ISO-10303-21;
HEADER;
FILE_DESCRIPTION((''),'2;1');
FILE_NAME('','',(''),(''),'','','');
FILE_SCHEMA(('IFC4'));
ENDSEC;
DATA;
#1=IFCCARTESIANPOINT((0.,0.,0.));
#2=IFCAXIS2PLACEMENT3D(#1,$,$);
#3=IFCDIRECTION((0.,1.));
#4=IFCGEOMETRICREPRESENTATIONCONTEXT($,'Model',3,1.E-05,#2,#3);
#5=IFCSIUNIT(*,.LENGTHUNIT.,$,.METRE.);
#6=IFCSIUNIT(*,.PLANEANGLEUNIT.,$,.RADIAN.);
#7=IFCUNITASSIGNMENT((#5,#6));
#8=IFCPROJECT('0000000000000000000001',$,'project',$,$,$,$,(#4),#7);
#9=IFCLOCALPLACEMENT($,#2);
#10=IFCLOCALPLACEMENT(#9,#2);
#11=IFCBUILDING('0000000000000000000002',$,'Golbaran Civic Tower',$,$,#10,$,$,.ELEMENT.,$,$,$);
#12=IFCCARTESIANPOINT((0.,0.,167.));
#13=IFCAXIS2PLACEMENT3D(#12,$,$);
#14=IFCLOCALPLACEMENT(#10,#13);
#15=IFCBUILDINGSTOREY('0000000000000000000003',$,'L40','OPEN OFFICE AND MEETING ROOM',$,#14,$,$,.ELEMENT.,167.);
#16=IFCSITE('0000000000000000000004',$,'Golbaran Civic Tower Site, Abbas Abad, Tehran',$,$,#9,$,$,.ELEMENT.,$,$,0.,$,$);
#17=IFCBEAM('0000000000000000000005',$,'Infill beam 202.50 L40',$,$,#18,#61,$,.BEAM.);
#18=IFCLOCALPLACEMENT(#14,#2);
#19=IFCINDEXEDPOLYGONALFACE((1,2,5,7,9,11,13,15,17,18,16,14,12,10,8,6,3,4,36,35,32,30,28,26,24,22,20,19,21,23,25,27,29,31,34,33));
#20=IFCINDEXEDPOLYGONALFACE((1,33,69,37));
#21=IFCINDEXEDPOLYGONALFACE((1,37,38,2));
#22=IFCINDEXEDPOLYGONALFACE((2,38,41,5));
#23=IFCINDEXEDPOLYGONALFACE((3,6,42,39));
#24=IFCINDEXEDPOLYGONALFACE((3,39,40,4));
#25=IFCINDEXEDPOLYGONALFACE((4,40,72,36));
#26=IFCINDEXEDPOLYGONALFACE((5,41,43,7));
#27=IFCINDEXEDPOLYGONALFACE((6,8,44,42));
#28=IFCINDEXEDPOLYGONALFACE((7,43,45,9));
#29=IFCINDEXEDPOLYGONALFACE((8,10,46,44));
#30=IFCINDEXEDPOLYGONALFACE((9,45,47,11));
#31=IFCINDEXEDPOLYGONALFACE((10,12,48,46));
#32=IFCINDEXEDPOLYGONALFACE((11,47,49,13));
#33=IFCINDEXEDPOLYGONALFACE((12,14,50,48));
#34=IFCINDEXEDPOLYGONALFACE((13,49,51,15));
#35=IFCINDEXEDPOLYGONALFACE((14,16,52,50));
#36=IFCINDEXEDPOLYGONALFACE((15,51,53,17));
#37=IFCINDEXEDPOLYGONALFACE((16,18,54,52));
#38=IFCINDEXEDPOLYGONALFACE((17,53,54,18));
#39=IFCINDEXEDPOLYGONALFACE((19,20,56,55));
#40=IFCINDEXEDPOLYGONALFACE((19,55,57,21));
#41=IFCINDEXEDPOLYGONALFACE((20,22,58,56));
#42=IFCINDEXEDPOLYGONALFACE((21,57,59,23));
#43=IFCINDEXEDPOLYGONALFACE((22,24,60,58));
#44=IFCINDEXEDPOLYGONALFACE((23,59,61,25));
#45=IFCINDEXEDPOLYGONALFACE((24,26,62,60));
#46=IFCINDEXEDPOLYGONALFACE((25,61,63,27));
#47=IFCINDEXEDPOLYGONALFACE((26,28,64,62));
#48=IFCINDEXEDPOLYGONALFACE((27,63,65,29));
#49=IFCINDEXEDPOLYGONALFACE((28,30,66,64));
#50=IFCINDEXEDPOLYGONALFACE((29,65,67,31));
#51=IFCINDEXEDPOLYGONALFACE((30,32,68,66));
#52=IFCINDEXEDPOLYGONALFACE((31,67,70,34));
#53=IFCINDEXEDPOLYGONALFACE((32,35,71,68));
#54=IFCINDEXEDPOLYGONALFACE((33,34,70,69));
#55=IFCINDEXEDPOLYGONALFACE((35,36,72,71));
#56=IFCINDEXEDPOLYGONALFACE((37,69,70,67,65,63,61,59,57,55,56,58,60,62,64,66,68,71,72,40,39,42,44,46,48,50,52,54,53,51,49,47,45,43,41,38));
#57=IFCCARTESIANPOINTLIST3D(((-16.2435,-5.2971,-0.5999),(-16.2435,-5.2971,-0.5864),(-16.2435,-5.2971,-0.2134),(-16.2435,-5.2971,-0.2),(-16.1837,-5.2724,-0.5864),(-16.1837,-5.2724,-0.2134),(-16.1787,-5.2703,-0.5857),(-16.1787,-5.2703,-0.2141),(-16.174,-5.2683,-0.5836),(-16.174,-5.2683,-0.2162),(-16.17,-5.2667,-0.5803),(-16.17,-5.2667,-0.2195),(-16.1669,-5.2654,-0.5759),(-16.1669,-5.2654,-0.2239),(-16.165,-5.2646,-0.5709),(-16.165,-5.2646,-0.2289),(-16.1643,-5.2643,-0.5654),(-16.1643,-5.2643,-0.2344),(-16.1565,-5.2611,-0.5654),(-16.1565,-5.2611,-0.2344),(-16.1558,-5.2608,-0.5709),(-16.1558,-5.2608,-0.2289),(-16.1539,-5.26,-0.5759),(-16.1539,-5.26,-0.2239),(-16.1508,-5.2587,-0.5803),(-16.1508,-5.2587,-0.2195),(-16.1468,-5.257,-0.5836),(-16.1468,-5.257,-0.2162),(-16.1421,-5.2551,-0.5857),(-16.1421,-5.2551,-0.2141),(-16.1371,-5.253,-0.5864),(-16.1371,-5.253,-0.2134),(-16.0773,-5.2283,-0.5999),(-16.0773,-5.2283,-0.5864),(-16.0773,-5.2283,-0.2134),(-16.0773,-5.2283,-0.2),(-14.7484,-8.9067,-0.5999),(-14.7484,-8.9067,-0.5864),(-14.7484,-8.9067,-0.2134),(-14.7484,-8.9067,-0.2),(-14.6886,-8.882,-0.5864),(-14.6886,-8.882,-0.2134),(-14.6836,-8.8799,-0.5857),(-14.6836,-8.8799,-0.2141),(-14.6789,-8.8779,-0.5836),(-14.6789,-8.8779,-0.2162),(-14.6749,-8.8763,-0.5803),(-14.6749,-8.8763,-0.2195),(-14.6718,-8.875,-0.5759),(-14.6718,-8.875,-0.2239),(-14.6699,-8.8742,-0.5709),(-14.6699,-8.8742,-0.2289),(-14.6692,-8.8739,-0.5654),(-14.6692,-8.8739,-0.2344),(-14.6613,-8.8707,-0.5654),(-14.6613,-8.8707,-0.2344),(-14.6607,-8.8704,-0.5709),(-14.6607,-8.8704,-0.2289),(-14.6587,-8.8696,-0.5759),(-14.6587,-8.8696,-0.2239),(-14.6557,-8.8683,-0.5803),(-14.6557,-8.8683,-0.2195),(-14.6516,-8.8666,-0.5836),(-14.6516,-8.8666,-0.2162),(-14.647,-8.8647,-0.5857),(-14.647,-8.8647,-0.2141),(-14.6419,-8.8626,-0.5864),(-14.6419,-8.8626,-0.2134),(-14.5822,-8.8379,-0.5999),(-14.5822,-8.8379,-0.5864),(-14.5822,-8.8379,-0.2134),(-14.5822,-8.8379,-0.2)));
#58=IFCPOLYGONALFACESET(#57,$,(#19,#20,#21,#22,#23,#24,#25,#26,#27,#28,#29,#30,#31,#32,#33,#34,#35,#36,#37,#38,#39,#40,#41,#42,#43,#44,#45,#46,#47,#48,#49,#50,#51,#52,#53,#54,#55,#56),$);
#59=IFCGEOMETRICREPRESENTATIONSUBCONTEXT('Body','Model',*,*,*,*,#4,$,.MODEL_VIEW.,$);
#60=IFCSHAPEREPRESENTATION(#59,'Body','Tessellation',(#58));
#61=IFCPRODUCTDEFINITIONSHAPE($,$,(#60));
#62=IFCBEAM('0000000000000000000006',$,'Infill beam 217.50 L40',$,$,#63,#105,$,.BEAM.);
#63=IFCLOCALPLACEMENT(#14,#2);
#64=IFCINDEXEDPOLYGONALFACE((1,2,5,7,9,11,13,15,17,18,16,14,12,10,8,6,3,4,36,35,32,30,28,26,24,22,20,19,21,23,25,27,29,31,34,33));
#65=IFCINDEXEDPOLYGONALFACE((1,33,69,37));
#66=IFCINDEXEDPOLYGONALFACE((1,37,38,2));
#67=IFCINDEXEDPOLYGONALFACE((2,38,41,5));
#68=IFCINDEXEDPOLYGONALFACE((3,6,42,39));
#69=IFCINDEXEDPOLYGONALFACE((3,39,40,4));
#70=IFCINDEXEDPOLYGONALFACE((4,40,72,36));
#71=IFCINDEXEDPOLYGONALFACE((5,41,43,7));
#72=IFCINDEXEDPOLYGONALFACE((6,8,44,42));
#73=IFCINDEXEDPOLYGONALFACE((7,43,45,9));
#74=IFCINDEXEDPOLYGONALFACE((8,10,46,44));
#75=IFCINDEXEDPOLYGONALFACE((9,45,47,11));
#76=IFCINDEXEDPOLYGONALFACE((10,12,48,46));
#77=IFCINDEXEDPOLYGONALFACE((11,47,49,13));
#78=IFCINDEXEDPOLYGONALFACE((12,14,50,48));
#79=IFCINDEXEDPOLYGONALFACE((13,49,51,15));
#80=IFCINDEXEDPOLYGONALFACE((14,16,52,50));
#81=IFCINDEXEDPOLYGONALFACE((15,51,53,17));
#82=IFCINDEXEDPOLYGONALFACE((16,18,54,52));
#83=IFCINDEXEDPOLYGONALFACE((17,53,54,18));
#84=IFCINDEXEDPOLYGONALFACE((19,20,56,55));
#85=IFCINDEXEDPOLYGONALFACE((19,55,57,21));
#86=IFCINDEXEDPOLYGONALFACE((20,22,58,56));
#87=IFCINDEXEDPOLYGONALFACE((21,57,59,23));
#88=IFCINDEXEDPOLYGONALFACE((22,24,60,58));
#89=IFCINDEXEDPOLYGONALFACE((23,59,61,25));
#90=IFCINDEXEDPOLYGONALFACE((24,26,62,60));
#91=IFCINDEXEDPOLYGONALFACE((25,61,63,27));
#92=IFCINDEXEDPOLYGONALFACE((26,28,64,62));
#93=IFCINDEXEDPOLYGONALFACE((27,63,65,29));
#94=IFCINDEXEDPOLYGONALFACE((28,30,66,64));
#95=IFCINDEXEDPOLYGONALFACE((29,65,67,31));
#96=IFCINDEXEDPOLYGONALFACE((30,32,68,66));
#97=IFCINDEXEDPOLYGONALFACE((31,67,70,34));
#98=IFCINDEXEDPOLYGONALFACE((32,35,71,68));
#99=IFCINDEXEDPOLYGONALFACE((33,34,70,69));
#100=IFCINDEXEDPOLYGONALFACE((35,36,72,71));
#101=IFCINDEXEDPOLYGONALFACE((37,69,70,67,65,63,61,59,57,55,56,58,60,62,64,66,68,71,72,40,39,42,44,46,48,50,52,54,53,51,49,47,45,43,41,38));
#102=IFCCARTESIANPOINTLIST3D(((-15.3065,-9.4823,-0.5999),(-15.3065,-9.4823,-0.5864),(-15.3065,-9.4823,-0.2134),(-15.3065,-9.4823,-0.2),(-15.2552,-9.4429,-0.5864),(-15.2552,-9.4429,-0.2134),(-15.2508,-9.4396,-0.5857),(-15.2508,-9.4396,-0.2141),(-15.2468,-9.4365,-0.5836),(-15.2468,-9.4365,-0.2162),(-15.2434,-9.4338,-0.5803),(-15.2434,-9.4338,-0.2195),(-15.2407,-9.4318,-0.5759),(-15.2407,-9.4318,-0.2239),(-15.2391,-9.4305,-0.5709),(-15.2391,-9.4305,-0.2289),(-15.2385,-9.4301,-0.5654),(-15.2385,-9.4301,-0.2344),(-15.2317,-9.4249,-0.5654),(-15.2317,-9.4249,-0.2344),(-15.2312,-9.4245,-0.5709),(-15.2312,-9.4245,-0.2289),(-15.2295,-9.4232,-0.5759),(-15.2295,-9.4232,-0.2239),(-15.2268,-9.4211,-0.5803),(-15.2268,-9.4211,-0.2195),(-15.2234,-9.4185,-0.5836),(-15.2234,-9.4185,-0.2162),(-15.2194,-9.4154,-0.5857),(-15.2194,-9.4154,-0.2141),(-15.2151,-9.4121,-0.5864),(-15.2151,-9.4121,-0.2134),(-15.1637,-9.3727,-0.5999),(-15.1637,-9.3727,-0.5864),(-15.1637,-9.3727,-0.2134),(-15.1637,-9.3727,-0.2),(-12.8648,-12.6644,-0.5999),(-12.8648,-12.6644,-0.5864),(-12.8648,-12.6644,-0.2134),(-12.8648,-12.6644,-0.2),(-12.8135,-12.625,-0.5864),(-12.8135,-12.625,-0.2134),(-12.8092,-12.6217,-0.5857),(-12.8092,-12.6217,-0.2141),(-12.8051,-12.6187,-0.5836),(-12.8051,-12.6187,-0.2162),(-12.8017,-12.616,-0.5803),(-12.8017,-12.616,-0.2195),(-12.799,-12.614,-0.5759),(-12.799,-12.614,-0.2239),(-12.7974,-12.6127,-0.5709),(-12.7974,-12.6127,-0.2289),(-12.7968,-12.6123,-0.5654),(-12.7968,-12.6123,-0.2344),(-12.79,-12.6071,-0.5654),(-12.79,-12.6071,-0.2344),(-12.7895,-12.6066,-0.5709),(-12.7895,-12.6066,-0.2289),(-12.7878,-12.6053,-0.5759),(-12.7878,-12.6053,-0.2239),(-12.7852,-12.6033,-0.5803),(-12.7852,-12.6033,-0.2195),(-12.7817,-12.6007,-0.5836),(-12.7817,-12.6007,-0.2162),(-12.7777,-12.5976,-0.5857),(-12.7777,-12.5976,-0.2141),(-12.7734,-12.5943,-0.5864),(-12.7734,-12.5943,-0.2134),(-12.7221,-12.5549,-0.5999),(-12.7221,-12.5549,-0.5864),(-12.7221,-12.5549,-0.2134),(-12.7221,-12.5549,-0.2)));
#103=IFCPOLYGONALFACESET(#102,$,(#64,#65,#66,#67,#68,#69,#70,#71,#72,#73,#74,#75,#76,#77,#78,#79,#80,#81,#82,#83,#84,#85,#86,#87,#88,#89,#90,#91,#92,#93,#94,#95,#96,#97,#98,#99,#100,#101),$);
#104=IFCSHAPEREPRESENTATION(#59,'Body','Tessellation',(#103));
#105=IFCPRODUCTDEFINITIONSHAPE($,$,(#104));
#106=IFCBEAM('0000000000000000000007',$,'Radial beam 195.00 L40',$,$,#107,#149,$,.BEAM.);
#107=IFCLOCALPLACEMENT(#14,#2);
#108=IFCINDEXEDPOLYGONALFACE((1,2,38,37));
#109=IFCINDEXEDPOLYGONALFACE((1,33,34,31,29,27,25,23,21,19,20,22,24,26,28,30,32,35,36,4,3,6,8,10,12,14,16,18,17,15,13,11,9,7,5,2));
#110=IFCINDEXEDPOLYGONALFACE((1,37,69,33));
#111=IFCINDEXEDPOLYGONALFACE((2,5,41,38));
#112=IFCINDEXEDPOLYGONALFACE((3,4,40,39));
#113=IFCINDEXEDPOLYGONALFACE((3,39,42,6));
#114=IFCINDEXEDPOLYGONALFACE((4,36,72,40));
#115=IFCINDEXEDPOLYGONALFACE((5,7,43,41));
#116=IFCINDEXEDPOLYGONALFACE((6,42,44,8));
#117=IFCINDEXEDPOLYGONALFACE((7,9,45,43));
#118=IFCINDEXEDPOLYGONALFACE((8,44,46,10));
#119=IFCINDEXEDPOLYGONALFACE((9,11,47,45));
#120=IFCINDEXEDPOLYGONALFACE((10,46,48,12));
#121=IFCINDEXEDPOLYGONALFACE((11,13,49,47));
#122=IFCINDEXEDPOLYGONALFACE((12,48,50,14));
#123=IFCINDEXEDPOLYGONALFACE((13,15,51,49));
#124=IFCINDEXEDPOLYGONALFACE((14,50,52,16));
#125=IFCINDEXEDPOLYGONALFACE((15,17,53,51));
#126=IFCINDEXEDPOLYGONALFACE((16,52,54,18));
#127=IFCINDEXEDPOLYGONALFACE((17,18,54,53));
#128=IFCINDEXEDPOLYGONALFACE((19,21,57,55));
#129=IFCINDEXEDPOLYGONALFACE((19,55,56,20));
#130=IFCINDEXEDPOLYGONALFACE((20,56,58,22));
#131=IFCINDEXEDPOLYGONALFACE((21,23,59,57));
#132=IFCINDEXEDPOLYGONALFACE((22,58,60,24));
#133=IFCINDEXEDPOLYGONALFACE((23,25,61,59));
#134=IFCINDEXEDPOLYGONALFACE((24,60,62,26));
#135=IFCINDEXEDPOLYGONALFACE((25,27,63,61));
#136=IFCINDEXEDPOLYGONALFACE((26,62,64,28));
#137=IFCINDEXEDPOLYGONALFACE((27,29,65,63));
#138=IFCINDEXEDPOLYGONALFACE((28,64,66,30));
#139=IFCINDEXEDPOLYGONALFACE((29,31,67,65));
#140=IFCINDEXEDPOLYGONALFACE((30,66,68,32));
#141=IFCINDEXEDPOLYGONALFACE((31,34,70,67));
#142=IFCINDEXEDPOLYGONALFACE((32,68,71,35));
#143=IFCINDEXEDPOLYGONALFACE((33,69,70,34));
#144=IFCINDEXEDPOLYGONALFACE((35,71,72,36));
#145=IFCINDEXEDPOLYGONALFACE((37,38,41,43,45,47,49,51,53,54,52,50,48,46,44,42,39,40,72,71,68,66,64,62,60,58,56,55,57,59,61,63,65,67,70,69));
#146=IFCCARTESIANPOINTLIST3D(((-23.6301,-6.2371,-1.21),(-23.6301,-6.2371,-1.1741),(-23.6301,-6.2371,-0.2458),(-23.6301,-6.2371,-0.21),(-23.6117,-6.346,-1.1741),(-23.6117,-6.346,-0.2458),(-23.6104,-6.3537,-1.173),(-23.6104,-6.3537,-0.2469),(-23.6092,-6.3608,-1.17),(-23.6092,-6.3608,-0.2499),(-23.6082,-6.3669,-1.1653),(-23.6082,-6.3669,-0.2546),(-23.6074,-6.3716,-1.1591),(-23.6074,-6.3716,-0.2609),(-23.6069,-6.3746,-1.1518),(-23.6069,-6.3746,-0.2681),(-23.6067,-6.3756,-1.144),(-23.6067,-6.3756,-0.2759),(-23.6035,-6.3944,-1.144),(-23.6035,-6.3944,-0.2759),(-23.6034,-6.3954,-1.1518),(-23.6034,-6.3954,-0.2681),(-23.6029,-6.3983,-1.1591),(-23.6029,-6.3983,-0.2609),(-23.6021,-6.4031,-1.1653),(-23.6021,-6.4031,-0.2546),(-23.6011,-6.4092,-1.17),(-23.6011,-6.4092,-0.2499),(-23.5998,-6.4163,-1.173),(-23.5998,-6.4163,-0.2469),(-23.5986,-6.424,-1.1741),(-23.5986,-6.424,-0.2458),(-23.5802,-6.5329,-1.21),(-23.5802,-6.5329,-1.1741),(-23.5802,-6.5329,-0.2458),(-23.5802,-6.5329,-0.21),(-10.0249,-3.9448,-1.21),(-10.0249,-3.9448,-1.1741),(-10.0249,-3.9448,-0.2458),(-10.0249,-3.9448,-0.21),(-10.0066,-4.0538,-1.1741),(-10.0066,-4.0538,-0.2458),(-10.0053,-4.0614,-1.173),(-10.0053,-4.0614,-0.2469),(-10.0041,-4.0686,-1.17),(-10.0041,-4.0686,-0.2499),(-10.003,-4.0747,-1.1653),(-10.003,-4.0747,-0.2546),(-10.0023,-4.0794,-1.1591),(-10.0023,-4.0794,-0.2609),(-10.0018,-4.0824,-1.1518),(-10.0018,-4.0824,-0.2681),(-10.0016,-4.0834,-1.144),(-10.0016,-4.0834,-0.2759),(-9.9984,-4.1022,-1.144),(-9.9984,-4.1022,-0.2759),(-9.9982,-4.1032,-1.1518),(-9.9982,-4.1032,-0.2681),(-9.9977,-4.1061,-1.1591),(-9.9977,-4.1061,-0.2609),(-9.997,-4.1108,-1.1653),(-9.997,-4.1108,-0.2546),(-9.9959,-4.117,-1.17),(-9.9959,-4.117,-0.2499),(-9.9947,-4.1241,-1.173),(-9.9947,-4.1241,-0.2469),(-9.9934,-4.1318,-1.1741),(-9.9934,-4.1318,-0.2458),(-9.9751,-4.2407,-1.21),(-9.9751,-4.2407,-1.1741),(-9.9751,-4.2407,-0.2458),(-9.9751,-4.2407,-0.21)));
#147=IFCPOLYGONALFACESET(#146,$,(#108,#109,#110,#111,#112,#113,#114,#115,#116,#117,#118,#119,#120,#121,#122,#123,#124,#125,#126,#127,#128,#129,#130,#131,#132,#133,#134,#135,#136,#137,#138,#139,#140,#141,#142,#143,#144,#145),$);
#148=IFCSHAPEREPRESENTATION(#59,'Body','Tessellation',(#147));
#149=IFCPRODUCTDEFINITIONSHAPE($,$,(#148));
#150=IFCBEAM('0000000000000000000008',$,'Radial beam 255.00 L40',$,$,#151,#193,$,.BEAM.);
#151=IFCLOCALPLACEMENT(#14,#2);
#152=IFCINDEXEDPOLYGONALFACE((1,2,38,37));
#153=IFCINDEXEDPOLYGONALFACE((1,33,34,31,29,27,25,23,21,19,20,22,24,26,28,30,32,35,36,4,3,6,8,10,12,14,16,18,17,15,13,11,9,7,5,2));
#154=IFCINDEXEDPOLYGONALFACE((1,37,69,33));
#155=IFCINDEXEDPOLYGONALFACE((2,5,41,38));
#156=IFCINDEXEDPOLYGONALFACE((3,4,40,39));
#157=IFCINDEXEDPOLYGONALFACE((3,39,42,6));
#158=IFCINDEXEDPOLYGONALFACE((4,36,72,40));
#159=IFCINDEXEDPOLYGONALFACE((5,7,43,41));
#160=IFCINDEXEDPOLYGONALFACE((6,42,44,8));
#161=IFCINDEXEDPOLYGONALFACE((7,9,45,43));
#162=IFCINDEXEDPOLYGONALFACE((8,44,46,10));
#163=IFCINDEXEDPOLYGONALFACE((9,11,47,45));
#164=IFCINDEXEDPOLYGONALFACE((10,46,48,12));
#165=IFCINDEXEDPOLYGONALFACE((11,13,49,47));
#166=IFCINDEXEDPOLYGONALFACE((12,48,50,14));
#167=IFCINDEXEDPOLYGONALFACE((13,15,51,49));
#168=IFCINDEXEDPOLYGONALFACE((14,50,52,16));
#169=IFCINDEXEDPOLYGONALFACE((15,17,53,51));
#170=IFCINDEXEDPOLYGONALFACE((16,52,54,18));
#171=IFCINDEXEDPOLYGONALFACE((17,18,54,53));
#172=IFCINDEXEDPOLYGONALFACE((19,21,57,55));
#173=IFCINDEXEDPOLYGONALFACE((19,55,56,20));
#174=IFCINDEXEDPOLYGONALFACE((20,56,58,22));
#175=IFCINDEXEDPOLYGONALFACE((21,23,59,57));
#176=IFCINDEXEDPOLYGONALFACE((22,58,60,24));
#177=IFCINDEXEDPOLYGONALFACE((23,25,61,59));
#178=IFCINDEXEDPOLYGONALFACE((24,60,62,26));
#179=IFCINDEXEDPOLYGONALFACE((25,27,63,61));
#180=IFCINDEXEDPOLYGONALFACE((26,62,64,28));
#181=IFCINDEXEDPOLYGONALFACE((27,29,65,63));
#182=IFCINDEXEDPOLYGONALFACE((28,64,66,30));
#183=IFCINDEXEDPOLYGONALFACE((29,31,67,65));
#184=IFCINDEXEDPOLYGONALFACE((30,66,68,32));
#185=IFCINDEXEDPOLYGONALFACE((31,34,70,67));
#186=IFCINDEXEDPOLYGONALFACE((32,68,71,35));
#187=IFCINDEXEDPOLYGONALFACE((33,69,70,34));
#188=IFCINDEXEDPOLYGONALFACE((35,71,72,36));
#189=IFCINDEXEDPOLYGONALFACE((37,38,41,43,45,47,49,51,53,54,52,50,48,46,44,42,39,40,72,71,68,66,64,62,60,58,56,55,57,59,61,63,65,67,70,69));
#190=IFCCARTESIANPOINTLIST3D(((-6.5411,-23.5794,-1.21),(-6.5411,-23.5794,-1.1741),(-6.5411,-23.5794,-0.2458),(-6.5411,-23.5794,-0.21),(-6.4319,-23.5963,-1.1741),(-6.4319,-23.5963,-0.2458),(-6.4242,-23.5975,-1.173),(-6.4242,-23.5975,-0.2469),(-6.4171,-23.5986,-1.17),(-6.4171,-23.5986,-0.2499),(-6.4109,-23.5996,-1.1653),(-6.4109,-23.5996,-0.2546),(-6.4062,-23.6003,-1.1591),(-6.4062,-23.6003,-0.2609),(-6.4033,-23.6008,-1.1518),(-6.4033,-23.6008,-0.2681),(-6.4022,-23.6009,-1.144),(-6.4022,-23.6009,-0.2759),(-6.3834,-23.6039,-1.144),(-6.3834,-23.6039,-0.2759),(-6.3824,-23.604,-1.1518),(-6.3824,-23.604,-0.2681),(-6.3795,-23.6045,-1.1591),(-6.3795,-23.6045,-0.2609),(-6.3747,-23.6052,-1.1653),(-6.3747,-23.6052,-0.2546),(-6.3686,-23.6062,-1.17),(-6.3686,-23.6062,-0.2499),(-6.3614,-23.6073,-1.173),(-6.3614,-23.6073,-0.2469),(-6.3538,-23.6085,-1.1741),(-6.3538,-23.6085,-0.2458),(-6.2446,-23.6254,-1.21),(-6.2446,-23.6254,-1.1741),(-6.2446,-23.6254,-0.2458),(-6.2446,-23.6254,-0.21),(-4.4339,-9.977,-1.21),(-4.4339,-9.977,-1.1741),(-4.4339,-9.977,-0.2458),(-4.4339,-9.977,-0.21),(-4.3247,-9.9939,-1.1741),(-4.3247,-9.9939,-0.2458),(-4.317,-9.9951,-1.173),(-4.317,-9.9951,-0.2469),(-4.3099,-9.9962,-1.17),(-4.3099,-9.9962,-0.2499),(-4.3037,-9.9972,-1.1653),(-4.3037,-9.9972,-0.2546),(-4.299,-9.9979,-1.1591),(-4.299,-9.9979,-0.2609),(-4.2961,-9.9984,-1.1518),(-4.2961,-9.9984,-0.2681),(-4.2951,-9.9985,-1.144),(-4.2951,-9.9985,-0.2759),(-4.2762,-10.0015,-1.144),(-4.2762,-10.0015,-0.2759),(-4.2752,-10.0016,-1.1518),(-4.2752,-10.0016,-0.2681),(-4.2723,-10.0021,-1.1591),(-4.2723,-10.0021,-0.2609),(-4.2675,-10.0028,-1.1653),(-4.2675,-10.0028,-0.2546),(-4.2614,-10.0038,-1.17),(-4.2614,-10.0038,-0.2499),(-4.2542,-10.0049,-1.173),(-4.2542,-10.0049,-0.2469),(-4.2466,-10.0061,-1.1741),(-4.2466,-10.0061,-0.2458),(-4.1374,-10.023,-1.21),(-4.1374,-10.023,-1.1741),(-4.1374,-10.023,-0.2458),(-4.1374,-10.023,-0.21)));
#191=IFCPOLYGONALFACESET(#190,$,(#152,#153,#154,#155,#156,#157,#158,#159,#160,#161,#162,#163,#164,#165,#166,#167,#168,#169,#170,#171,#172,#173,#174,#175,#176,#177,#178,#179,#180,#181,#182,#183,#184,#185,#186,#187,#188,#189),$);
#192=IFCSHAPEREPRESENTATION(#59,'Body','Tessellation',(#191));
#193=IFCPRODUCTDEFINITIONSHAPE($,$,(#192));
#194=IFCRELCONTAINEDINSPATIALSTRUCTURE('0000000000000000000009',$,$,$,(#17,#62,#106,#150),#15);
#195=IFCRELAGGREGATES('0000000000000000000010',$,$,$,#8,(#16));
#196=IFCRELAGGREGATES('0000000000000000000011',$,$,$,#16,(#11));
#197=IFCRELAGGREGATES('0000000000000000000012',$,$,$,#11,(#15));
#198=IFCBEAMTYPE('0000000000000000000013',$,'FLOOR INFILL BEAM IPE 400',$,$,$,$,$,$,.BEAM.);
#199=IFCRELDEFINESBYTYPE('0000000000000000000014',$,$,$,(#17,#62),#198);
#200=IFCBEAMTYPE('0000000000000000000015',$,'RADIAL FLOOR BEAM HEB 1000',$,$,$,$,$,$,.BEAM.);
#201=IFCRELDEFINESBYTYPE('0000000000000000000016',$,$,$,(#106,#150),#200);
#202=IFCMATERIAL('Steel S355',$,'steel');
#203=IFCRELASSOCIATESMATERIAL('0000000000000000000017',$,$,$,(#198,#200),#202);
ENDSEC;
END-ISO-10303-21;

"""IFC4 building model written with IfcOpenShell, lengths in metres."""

from ifc_helpers import new_model, si_unit, direction, frame, origin, origin_2d, place, context, subcontext, project, spatial, i_section, extrude, material, material_profile, profile_set, type_object, element, save


model = new_model("IFC4")

# Units and contexts
model_context = context("Model", 3, precision=1e-05, world=origin(), true_north=direction((0.0, 1.0)))
body_context = subcontext(model_context, "Body", "Model", "MODEL_VIEW")
ifc_project = project(units=[si_unit("LENGTHUNIT", "METRE"), si_unit("PLANEANGLEUNIT", "RADIAN")], contexts=[model_context])

# Site, building, storey
site_placement = place(None, origin())
site = spatial("IfcSite", under=ifc_project, at=site_placement, Name="Golbaran Civic Tower Site, Abbas Abad, Tehran", CompositionType="ELEMENT", RefElevation=0.0)
building_placement = place(site_placement, origin())
building = spatial("IfcBuilding", under=site, at=building_placement, Name="Golbaran Civic Tower", CompositionType="ELEMENT")
storey_placement = place(building_placement, frame((0.0, 0.0, 167.0)))
storey = spatial("IfcBuildingStorey", under=building, at=storey_placement, Name="L40", Description="OPEN OFFICE AND MEETING ROOM", CompositionType="ELEMENT", Elevation=167.0)

# Beams
ifc_material_1 = material(Name="Steel S355", Category="steel")
ifc_material_profile_1 = material_profile(ifc_material_1, i_section(OverallWidth=0.1799, OverallDepth=0.3999, WebThickness=0.0085, FlangeThickness=0.0134, FilletRadius=0.021, at=origin_2d()), Name="IPE 400")
ifc_profile_set_1 = profile_set([ifc_material_profile_1], Name="Steel S355")
beam_type_1 = type_object("IfcBeamType", Name="FLOOR INFILL BEAM IPE 400", PredefinedType="BEAM", material=ifc_profile_set_1)
beam_1_placement = place(storey_placement, frame((-16.1604, -5.2627, -0.3999), z_axis=(0.382676, -0.923883, 0.0), x_axis=(0.923883, 0.382676, 0.0)))
element("IfcBeam", 1, at=beam_1_placement, inside=storey, type_object=beam_type_1, Name="Infill beam 202.50 L40", PredefinedType="BEAM", context=body_context, shape_type="SweptSolid", body=[
    extrude(i_section(OverallWidth=0.1799, OverallDepth=0.3999, WebThickness=0.0085, FlangeThickness=0.0134, FilletRadius=0.021, at=origin_2d()), origin(), (0.0, 0.0, 1.0), 3.907),
])
beam_2_placement = place(storey_placement, frame((-15.2351, -9.4275, -0.3999), z_axis=(0.608748, -0.793363, 0.0), x_axis=(0.793363, 0.608748, 0.0)))
element("IfcBeam", 2, at=beam_2_placement, inside=storey, type_object=beam_type_1, Name="Infill beam 217.50 L40", PredefinedType="BEAM", context=body_context, shape_type="SweptSolid", body=[
    extrude(i_section(OverallWidth=0.1799, OverallDepth=0.3999, WebThickness=0.0085, FlangeThickness=0.0134, FilletRadius=0.021, at=origin_2d()), origin(), (0.0, 0.0, 1.0), 4.011),
])
ifc_material_profile_2 = material_profile(ifc_material_1, i_section(OverallWidth=0.3, OverallDepth=1.0, WebThickness=0.019, FlangeThickness=0.0359, FilletRadius=0.03, at=origin_2d()), Name="HEB 1000")
ifc_profile_set_2 = profile_set([ifc_material_profile_2], Name="Steel S355")
beam_type_2 = type_object("IfcBeamType", Name="RADIAL FLOOR BEAM HEB 1000", PredefinedType="BEAM", material=ifc_profile_set_2)
beam_3_placement = place(storey_placement, frame((-10.0, -4.0928, -0.71), z_axis=(-0.986102, -0.166141, 0.0), x_axis=(0.166141, -0.986102, 0.0)))
element("IfcBeam", 3, at=beam_3_placement, inside=storey, type_object=beam_type_2, Name="Radial beam 195.00 L40", PredefinedType="BEAM", context=body_context, shape_type="SweptSolid", body=[
    extrude(i_section(OverallWidth=0.3, OverallDepth=1.0, WebThickness=0.019, FlangeThickness=0.0359, FilletRadius=0.03, at=origin_2d()), origin(), (0.0, 0.0, 1.0), 13.7969),
])
beam_4_placement = place(storey_placement, frame((-4.2856, -10.0, -0.71), z_axis=(-0.153087, -0.988213, 0.0), x_axis=(0.988213, -0.153087, 0.0)))
element("IfcBeam", 4, at=beam_4_placement, inside=storey, type_object=beam_type_2, Name="Radial beam 255.00 L40", PredefinedType="BEAM", context=body_context, shape_type="SweptSolid", body=[
    extrude(i_section(OverallWidth=0.3, OverallDepth=1.0, WebThickness=0.019, FlangeThickness=0.0359, FilletRadius=0.03, at=origin_2d()), origin(), (0.0, 0.0, 1.0), 13.7646),
])

save(model, "model.ifc")
